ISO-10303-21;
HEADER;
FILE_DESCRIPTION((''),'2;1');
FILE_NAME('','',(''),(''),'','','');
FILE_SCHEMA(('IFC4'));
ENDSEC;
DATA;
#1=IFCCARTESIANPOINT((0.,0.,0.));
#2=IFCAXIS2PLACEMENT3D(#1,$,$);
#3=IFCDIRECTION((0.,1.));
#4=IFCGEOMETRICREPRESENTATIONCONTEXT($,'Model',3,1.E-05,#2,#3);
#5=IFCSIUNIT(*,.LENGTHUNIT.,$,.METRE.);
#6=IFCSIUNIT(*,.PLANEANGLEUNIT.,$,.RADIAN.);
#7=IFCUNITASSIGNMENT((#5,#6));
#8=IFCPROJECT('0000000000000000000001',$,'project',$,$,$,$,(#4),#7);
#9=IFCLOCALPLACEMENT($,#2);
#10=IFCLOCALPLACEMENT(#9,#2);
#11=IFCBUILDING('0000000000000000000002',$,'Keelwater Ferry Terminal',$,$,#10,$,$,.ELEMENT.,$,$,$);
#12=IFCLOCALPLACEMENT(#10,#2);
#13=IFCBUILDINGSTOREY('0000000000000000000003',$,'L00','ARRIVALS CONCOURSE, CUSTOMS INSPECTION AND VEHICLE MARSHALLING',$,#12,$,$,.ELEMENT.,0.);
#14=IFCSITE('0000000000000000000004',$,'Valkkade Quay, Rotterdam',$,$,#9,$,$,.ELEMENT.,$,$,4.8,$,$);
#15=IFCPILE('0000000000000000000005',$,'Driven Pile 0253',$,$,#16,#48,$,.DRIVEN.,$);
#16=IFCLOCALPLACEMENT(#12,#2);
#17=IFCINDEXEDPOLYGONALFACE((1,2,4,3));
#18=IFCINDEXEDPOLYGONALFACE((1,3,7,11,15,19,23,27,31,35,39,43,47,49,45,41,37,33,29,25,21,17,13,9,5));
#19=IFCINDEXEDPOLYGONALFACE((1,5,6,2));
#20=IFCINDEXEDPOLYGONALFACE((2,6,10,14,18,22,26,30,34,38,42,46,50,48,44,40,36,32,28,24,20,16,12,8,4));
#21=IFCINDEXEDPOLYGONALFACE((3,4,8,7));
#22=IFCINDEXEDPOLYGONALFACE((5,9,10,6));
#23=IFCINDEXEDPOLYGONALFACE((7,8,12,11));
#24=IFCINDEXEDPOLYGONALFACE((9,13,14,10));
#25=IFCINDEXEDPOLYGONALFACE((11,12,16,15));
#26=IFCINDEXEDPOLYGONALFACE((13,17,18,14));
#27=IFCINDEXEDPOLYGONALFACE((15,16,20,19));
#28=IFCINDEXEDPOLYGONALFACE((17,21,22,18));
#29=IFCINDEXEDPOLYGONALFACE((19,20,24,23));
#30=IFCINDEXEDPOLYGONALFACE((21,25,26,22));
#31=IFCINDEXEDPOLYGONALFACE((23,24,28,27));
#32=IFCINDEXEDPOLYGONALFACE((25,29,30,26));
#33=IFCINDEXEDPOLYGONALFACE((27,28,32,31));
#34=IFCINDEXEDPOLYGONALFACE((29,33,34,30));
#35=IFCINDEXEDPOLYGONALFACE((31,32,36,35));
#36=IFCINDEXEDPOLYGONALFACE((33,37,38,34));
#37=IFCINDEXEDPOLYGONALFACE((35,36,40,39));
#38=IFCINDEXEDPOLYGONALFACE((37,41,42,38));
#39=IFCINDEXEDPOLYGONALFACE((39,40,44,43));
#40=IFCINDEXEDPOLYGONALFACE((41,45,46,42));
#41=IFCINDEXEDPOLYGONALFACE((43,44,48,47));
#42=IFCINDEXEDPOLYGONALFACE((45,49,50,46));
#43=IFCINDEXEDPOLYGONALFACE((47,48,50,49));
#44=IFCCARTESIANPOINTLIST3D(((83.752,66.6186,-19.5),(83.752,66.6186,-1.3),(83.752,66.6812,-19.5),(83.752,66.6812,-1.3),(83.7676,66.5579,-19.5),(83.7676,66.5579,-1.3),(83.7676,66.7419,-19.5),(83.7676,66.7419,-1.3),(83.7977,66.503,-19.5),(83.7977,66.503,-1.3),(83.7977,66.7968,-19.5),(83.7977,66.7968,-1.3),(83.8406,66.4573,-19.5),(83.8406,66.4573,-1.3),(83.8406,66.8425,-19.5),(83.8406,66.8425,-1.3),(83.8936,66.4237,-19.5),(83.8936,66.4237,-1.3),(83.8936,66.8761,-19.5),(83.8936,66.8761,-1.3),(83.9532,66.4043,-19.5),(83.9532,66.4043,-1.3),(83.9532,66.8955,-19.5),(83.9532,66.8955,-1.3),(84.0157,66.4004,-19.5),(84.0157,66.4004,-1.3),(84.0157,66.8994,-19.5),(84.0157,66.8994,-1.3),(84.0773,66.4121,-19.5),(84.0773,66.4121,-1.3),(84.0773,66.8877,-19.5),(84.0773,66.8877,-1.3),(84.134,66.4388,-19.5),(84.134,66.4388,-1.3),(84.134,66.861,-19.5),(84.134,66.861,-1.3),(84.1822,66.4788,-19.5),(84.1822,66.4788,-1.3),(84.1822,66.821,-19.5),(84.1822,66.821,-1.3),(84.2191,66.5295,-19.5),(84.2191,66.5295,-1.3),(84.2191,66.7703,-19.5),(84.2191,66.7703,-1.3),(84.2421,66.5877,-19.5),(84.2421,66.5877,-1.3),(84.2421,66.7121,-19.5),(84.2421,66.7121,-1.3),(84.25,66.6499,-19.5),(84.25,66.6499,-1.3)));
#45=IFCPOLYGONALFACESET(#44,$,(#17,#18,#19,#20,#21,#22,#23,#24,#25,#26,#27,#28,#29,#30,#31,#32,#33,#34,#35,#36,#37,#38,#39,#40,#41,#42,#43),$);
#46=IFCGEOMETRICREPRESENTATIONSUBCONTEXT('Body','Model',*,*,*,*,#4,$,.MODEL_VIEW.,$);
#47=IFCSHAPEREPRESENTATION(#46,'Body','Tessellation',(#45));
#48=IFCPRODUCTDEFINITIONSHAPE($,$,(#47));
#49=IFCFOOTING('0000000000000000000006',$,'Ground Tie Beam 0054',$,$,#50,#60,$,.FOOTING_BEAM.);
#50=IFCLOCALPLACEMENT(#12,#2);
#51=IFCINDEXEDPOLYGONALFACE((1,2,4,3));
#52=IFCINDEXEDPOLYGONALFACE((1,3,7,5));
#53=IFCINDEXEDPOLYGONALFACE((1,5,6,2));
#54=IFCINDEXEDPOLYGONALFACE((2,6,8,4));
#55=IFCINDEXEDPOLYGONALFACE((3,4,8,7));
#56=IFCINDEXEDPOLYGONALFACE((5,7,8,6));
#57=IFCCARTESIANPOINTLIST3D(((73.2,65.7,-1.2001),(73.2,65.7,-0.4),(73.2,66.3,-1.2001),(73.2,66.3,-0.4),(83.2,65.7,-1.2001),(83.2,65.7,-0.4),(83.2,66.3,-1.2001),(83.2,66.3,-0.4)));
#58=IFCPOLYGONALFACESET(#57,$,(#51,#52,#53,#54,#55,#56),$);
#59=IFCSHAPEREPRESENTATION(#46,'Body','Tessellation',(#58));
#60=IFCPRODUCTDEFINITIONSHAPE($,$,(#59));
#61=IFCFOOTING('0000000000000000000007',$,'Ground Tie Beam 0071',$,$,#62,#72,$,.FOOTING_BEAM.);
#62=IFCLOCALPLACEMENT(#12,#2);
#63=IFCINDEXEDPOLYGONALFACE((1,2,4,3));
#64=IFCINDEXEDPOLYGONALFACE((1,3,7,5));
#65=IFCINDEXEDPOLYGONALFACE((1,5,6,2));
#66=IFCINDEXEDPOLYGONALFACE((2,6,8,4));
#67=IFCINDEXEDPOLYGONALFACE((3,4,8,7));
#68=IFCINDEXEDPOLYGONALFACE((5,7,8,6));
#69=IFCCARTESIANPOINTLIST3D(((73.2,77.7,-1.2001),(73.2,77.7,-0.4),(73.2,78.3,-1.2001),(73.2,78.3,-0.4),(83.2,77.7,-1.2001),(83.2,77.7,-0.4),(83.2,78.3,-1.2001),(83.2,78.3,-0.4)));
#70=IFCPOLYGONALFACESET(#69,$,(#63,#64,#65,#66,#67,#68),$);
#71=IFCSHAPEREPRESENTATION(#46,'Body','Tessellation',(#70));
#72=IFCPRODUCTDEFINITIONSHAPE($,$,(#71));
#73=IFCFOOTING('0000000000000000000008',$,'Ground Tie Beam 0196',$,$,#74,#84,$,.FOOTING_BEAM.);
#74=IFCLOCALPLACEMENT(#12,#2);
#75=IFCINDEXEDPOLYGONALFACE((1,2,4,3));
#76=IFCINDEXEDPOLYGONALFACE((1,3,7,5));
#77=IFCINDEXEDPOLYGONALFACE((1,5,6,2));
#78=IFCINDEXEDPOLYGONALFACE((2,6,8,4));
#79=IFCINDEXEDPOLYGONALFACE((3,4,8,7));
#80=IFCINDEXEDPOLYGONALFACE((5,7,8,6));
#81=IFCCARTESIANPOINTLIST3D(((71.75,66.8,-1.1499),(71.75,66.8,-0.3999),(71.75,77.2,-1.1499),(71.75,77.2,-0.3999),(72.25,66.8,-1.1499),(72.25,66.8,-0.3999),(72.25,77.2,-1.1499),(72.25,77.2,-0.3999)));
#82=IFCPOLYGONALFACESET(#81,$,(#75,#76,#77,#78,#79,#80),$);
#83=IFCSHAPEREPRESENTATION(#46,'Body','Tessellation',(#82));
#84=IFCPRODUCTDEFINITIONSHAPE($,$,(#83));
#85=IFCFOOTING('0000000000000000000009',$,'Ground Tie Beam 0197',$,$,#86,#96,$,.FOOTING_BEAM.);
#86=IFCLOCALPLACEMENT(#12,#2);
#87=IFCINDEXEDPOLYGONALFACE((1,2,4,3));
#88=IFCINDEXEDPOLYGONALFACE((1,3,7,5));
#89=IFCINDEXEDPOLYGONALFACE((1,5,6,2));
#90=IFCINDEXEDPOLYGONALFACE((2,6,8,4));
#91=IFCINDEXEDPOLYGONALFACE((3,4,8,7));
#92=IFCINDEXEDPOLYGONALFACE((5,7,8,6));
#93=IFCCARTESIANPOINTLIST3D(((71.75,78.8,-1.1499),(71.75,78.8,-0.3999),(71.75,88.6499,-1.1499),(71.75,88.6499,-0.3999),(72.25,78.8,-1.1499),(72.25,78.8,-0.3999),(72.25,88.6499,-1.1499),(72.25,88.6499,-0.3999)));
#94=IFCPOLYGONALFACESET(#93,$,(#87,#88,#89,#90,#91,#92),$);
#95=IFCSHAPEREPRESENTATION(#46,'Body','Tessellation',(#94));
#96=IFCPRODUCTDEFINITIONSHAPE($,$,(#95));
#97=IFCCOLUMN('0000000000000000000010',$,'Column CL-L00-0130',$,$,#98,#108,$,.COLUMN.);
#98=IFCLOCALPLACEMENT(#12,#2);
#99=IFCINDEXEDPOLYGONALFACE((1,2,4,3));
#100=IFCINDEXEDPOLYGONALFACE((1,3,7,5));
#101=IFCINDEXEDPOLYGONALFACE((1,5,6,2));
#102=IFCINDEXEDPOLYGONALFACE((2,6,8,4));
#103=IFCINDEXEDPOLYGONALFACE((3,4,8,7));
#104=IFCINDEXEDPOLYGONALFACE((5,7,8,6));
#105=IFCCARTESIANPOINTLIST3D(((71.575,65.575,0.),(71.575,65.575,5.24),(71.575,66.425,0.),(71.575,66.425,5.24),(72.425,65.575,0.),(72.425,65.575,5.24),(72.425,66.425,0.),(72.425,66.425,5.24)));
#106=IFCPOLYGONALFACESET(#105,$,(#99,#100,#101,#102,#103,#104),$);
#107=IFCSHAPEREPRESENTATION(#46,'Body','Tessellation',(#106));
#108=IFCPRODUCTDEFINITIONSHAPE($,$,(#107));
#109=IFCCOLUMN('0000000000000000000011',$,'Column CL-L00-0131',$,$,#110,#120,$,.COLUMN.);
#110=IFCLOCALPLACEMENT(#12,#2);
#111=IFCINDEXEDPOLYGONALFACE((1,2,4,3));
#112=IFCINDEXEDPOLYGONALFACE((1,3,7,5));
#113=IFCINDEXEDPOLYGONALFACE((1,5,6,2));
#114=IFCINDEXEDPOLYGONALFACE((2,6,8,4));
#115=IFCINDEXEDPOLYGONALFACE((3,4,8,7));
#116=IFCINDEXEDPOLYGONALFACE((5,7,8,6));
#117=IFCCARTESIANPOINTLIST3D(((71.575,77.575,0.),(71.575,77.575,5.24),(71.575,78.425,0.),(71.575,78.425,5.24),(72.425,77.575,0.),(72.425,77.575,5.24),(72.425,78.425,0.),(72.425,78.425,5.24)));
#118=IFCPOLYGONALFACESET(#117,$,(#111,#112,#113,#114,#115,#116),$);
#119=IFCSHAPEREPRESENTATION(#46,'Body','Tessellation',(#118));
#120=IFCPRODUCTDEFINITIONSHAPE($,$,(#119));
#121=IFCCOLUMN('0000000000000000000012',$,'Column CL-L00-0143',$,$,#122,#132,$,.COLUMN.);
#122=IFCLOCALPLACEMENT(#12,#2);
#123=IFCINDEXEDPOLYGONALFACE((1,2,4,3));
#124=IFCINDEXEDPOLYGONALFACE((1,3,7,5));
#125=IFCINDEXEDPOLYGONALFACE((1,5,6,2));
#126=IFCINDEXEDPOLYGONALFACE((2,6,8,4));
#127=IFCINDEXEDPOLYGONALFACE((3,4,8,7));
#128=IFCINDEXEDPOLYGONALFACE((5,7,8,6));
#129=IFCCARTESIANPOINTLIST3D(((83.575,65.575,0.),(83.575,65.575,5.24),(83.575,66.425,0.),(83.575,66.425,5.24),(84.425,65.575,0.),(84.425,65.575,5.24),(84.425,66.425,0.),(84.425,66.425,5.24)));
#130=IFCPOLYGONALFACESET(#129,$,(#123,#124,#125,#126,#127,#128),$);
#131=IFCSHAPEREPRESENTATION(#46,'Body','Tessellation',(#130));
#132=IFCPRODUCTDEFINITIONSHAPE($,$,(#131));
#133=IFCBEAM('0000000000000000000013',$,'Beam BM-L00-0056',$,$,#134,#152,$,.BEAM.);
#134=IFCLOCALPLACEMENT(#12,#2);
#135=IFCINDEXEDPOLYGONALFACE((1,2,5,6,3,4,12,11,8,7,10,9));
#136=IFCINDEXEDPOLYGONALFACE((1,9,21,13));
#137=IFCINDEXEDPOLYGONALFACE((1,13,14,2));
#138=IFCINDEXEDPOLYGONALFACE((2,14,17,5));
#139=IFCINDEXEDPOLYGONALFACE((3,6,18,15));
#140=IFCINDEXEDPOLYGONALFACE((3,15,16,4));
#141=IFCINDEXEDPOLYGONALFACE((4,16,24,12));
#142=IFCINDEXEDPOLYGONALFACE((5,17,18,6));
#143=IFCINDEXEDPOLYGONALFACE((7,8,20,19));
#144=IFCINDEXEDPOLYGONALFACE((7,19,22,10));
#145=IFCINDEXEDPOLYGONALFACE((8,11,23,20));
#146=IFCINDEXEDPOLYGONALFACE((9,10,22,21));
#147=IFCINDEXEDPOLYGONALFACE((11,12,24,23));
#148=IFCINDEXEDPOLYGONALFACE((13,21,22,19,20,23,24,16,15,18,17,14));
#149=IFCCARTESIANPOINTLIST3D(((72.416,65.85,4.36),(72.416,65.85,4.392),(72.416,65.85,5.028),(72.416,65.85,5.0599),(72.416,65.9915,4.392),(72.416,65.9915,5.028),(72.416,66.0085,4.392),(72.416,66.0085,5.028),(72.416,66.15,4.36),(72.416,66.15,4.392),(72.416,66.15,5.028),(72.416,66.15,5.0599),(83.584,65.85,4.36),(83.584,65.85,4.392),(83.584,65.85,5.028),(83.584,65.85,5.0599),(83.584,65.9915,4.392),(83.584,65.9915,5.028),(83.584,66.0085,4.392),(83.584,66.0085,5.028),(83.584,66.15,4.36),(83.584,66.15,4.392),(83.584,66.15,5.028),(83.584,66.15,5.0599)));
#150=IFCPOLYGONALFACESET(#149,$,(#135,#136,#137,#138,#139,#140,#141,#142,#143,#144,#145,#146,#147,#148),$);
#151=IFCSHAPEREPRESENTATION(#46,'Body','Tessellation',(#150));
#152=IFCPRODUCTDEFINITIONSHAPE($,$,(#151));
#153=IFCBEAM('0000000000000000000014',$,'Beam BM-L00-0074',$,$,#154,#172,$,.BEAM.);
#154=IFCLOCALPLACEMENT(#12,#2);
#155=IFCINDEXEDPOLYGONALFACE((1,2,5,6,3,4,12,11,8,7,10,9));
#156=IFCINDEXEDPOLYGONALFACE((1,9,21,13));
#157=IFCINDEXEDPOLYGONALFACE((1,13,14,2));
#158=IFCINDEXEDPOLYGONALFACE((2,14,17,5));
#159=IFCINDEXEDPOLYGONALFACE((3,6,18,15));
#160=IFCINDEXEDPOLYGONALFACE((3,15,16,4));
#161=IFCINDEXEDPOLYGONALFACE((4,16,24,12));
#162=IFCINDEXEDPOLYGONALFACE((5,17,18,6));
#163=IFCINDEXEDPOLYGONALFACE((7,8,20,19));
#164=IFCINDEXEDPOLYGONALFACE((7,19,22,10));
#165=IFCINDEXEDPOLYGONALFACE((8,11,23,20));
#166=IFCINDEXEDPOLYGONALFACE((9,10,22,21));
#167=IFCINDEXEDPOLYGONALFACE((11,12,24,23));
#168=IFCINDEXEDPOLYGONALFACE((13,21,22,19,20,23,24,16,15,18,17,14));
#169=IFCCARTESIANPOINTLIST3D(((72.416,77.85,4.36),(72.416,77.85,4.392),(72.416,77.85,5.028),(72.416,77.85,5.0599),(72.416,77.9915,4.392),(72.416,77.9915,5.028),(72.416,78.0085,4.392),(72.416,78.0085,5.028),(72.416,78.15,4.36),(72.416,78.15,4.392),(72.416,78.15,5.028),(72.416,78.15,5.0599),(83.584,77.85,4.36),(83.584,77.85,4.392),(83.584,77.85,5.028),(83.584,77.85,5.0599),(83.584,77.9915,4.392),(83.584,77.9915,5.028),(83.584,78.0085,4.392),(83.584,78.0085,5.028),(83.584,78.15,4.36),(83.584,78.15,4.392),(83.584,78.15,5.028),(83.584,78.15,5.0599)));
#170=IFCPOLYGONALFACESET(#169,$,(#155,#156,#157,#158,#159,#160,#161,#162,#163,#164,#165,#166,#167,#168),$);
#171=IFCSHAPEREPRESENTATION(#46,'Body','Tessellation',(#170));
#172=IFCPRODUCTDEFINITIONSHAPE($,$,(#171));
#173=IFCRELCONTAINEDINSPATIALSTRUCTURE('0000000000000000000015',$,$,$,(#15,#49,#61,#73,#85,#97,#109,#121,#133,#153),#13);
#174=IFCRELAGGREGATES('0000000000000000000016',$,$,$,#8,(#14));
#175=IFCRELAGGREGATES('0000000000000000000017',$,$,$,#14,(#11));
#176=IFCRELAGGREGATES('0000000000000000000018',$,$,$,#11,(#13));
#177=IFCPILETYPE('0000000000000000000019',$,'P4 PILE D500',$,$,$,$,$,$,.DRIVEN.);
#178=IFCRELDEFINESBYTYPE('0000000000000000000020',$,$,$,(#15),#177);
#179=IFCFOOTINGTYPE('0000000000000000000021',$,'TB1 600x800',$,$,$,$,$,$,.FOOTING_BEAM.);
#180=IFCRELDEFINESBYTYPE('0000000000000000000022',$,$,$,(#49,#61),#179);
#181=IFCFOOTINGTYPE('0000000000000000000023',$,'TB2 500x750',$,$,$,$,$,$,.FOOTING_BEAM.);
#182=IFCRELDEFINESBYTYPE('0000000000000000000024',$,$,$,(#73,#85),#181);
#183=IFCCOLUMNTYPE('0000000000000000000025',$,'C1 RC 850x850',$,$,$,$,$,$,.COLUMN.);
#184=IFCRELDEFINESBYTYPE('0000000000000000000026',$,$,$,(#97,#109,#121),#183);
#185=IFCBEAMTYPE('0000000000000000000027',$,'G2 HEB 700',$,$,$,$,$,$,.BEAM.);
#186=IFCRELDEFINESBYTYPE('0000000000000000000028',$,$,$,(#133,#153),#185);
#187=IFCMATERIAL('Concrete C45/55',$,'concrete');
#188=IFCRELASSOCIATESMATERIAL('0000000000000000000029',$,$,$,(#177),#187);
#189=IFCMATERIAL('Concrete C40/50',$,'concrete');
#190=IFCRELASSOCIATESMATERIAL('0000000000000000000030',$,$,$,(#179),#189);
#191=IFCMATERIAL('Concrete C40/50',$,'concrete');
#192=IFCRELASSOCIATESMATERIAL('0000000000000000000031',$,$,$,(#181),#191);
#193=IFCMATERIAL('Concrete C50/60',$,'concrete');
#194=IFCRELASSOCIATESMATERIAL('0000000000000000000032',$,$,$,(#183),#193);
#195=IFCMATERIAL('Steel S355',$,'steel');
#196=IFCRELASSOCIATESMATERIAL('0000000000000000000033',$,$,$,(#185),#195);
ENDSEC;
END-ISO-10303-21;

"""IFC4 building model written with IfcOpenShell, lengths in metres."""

from ifc_helpers import new_model, si_unit, direction, frame, origin, origin_2d, place, context, subcontext, project, spatial, rectangle, circle, i_section, extrude, material, material_profile, profile_set, type_object, element, save


model = new_model("IFC4")

# Units and contexts
model_context = context("Model", 3, precision=1e-05, world=origin(), true_north=direction((0.0, 1.0)))
body_context = subcontext(model_context, "Body", "Model", "MODEL_VIEW")
ifc_project = project(units=[si_unit("LENGTHUNIT", "METRE"), si_unit("PLANEANGLEUNIT", "RADIAN")], contexts=[model_context])

# Site, building, storey
site_placement = place(None, origin())
site = spatial("IfcSite", under=ifc_project, at=site_placement, Name="Valkkade Quay, Rotterdam", CompositionType="ELEMENT", RefElevation=4.8)
building_placement = place(site_placement, origin())
building = spatial("IfcBuilding", under=site, at=building_placement, Name="Keelwater Ferry Terminal", CompositionType="ELEMENT")
storey_placement = place(building_placement, origin())
storey = spatial("IfcBuildingStorey", under=building, at=storey_placement, Name="L00", Description="ARRIVALS CONCOURSE, CUSTOMS INSPECTION AND VEHICLE MARSHALLING", CompositionType="ELEMENT", Elevation=0.0)

# Pile
ifc_material_1 = material(Name="Concrete C45/55", Category="concrete")
ifc_material_profile_1 = material_profile(ifc_material_1, circle(Radius=0.25, at=origin_2d()), Name="PILE D500")
ifc_profile_set_1 = profile_set([ifc_material_profile_1], Name="Concrete C45/55")
pile_type_1 = type_object("IfcPileType", Name="P4 PILE D500", PredefinedType="DRIVEN", material=ifc_profile_set_1)
for number, where, z_axis, x_axis, name in (
    (1, (84.0, 66.6499, -1.3), (0.0, 0.0, -1.0), (1.0, 0.0, 0.0), "Driven Pile 0253"),
):
    element("IfcPile", number, at=place(storey_placement, frame(where, z_axis=z_axis, x_axis=x_axis)), inside=storey, type_object=pile_type_1, Name=name, PredefinedType="DRIVEN", context=body_context, shape_type="SweptSolid", body=[
        extrude(circle(Radius=0.25, at=origin_2d()), origin(), (0.0, 0.0, 1.0), 18.2),
    ])

# Footings
ifc_material_2 = material(Name="Concrete C40/50", Category="concrete")
ifc_material_profile_2 = material_profile(ifc_material_2, rectangle(XDim=0.6001, YDim=0.8, at=origin_2d()), Name="TB 600x800")
ifc_profile_set_2 = profile_set([ifc_material_profile_2], Name="Concrete C40/50")
footing_type_1 = type_object("IfcFootingType", Name="TB1 600x800", PredefinedType="FOOTING_BEAM", material=ifc_profile_set_2)
for number, where, z_axis, x_axis, name in (
    (2, (73.2, 66.0, -0.8), (1.0, 0.0, 0.0), (0.0, 1.0, 0.0), "Ground Tie Beam 0054"),
    (3, (73.2, 78.0, -0.8), (1.0, 0.0, 0.0), (0.0, 1.0, 0.0), "Ground Tie Beam 0071"),
):
    element("IfcFooting", number, at=place(storey_placement, frame(where, z_axis=z_axis, x_axis=x_axis)), inside=storey, type_object=footing_type_1, Name=name, PredefinedType="FOOTING_BEAM", context=body_context, shape_type="SweptSolid", body=[
        extrude(rectangle(XDim=0.6001, YDim=0.8, at=origin_2d()), origin(), (0.0, 0.0, 1.0), 10.0),
    ])
ifc_material_3 = material(Name="Concrete C40/50", Category="concrete")
ifc_material_profile_3 = material_profile(ifc_material_3, rectangle(XDim=0.5, YDim=0.75, at=origin_2d()), Name="TB 500x750")
ifc_profile_set_3 = profile_set([ifc_material_profile_3], Name="Concrete C40/50")
footing_type_2 = type_object("IfcFootingType", Name="TB2 500x750", PredefinedType="FOOTING_BEAM", material=ifc_profile_set_3)
footing_1_placement = place(storey_placement, frame((72.0, 66.8, -0.7749), z_axis=(0.0, 1.0, 0.0), x_axis=(-1.0, 0.0, 0.0)))
element("IfcFooting", 4, at=footing_1_placement, inside=storey, type_object=footing_type_2, Name="Ground Tie Beam 0196", PredefinedType="FOOTING_BEAM", context=body_context, shape_type="SweptSolid", body=[
    extrude(rectangle(XDim=0.5, YDim=0.75, at=origin_2d()), origin(), (0.0, 0.0, 1.0), 10.3999),
])
footing_2_placement = place(storey_placement, frame((72.0, 78.8, -0.7749), z_axis=(0.0, 1.0, 0.0), x_axis=(-1.0, 0.0, 0.0)))
element("IfcFooting", 5, at=footing_2_placement, inside=storey, type_object=footing_type_2, Name="Ground Tie Beam 0197", PredefinedType="FOOTING_BEAM", context=body_context, shape_type="SweptSolid", body=[
    extrude(rectangle(XDim=0.5, YDim=0.75, at=origin_2d()), origin(), (0.0, 0.0, 1.0), 9.8499),
])

# Columns
ifc_material_4 = material(Name="Concrete C50/60", Category="concrete")
ifc_material_profile_4 = material_profile(ifc_material_4, rectangle(XDim=0.8501, YDim=0.8501, at=origin_2d()), Name="RC 850x850")
ifc_profile_set_4 = profile_set([ifc_material_profile_4], Name="Concrete C50/60")
column_type = type_object("IfcColumnType", Name="C1 RC 850x850", PredefinedType="COLUMN", material=ifc_profile_set_4)
for number, where, z_axis, x_axis, name in (
    (6, (72.0, 66.0, 0.0), (0.0, 0.0, 1.0), (1.0, 0.0, 0.0), "Column CL-L00-0130"),
    (7, (72.0, 78.0, 0.0), (0.0, 0.0, 1.0), (1.0, 0.0, 0.0), "Column CL-L00-0131"),
    (8, (84.0, 66.0, 0.0), (0.0, 0.0, 1.0), (1.0, 0.0, 0.0), "Column CL-L00-0143"),
):
    element("IfcColumn", number, at=place(storey_placement, frame(where, z_axis=z_axis, x_axis=x_axis)), inside=storey, type_object=column_type, Name=name, PredefinedType="COLUMN", context=body_context, shape_type="SweptSolid", body=[
        extrude(rectangle(XDim=0.8501, YDim=0.8501, at=origin_2d()), origin(), (0.0, 0.0, 1.0), 5.24),
    ])

# Beams
ifc_material_5 = material(Name="Steel S355", Category="steel")
ifc_material_profile_5 = material_profile(ifc_material_5, i_section(OverallWidth=0.3, OverallDepth=0.7, WebThickness=0.0171, FlangeThickness=0.032, at=origin_2d()), Name="HEB 700")
ifc_profile_set_5 = profile_set([ifc_material_profile_5], Name="Steel S355")
beam_type_1 = type_object("IfcBeamType", Name="G2 HEB 700", PredefinedType="BEAM", material=ifc_profile_set_5)
for number, where, z_axis, x_axis, name in (
    (9, (72.416, 66.0, 4.71), (1.0, 0.0, 0.0), (0.0, 1.0, 0.0), "Beam BM-L00-0056"),
    (10, (72.416, 78.0, 4.71), (1.0, 0.0, 0.0), (0.0, 1.0, 0.0), "Beam BM-L00-0074"),
):
    element("IfcBeam", number, at=place(storey_placement, frame(where, z_axis=z_axis, x_axis=x_axis)), inside=storey, type_object=beam_type_1, Name=name, PredefinedType="BEAM", context=body_context, shape_type="SweptSolid", body=[
        extrude(i_section(OverallWidth=0.3, OverallDepth=0.7, WebThickness=0.0171, FlangeThickness=0.032, at=origin_2d()), origin(), (0.0, 0.0, 1.0), 11.168),
    ])

save(model, "model.ifc")
